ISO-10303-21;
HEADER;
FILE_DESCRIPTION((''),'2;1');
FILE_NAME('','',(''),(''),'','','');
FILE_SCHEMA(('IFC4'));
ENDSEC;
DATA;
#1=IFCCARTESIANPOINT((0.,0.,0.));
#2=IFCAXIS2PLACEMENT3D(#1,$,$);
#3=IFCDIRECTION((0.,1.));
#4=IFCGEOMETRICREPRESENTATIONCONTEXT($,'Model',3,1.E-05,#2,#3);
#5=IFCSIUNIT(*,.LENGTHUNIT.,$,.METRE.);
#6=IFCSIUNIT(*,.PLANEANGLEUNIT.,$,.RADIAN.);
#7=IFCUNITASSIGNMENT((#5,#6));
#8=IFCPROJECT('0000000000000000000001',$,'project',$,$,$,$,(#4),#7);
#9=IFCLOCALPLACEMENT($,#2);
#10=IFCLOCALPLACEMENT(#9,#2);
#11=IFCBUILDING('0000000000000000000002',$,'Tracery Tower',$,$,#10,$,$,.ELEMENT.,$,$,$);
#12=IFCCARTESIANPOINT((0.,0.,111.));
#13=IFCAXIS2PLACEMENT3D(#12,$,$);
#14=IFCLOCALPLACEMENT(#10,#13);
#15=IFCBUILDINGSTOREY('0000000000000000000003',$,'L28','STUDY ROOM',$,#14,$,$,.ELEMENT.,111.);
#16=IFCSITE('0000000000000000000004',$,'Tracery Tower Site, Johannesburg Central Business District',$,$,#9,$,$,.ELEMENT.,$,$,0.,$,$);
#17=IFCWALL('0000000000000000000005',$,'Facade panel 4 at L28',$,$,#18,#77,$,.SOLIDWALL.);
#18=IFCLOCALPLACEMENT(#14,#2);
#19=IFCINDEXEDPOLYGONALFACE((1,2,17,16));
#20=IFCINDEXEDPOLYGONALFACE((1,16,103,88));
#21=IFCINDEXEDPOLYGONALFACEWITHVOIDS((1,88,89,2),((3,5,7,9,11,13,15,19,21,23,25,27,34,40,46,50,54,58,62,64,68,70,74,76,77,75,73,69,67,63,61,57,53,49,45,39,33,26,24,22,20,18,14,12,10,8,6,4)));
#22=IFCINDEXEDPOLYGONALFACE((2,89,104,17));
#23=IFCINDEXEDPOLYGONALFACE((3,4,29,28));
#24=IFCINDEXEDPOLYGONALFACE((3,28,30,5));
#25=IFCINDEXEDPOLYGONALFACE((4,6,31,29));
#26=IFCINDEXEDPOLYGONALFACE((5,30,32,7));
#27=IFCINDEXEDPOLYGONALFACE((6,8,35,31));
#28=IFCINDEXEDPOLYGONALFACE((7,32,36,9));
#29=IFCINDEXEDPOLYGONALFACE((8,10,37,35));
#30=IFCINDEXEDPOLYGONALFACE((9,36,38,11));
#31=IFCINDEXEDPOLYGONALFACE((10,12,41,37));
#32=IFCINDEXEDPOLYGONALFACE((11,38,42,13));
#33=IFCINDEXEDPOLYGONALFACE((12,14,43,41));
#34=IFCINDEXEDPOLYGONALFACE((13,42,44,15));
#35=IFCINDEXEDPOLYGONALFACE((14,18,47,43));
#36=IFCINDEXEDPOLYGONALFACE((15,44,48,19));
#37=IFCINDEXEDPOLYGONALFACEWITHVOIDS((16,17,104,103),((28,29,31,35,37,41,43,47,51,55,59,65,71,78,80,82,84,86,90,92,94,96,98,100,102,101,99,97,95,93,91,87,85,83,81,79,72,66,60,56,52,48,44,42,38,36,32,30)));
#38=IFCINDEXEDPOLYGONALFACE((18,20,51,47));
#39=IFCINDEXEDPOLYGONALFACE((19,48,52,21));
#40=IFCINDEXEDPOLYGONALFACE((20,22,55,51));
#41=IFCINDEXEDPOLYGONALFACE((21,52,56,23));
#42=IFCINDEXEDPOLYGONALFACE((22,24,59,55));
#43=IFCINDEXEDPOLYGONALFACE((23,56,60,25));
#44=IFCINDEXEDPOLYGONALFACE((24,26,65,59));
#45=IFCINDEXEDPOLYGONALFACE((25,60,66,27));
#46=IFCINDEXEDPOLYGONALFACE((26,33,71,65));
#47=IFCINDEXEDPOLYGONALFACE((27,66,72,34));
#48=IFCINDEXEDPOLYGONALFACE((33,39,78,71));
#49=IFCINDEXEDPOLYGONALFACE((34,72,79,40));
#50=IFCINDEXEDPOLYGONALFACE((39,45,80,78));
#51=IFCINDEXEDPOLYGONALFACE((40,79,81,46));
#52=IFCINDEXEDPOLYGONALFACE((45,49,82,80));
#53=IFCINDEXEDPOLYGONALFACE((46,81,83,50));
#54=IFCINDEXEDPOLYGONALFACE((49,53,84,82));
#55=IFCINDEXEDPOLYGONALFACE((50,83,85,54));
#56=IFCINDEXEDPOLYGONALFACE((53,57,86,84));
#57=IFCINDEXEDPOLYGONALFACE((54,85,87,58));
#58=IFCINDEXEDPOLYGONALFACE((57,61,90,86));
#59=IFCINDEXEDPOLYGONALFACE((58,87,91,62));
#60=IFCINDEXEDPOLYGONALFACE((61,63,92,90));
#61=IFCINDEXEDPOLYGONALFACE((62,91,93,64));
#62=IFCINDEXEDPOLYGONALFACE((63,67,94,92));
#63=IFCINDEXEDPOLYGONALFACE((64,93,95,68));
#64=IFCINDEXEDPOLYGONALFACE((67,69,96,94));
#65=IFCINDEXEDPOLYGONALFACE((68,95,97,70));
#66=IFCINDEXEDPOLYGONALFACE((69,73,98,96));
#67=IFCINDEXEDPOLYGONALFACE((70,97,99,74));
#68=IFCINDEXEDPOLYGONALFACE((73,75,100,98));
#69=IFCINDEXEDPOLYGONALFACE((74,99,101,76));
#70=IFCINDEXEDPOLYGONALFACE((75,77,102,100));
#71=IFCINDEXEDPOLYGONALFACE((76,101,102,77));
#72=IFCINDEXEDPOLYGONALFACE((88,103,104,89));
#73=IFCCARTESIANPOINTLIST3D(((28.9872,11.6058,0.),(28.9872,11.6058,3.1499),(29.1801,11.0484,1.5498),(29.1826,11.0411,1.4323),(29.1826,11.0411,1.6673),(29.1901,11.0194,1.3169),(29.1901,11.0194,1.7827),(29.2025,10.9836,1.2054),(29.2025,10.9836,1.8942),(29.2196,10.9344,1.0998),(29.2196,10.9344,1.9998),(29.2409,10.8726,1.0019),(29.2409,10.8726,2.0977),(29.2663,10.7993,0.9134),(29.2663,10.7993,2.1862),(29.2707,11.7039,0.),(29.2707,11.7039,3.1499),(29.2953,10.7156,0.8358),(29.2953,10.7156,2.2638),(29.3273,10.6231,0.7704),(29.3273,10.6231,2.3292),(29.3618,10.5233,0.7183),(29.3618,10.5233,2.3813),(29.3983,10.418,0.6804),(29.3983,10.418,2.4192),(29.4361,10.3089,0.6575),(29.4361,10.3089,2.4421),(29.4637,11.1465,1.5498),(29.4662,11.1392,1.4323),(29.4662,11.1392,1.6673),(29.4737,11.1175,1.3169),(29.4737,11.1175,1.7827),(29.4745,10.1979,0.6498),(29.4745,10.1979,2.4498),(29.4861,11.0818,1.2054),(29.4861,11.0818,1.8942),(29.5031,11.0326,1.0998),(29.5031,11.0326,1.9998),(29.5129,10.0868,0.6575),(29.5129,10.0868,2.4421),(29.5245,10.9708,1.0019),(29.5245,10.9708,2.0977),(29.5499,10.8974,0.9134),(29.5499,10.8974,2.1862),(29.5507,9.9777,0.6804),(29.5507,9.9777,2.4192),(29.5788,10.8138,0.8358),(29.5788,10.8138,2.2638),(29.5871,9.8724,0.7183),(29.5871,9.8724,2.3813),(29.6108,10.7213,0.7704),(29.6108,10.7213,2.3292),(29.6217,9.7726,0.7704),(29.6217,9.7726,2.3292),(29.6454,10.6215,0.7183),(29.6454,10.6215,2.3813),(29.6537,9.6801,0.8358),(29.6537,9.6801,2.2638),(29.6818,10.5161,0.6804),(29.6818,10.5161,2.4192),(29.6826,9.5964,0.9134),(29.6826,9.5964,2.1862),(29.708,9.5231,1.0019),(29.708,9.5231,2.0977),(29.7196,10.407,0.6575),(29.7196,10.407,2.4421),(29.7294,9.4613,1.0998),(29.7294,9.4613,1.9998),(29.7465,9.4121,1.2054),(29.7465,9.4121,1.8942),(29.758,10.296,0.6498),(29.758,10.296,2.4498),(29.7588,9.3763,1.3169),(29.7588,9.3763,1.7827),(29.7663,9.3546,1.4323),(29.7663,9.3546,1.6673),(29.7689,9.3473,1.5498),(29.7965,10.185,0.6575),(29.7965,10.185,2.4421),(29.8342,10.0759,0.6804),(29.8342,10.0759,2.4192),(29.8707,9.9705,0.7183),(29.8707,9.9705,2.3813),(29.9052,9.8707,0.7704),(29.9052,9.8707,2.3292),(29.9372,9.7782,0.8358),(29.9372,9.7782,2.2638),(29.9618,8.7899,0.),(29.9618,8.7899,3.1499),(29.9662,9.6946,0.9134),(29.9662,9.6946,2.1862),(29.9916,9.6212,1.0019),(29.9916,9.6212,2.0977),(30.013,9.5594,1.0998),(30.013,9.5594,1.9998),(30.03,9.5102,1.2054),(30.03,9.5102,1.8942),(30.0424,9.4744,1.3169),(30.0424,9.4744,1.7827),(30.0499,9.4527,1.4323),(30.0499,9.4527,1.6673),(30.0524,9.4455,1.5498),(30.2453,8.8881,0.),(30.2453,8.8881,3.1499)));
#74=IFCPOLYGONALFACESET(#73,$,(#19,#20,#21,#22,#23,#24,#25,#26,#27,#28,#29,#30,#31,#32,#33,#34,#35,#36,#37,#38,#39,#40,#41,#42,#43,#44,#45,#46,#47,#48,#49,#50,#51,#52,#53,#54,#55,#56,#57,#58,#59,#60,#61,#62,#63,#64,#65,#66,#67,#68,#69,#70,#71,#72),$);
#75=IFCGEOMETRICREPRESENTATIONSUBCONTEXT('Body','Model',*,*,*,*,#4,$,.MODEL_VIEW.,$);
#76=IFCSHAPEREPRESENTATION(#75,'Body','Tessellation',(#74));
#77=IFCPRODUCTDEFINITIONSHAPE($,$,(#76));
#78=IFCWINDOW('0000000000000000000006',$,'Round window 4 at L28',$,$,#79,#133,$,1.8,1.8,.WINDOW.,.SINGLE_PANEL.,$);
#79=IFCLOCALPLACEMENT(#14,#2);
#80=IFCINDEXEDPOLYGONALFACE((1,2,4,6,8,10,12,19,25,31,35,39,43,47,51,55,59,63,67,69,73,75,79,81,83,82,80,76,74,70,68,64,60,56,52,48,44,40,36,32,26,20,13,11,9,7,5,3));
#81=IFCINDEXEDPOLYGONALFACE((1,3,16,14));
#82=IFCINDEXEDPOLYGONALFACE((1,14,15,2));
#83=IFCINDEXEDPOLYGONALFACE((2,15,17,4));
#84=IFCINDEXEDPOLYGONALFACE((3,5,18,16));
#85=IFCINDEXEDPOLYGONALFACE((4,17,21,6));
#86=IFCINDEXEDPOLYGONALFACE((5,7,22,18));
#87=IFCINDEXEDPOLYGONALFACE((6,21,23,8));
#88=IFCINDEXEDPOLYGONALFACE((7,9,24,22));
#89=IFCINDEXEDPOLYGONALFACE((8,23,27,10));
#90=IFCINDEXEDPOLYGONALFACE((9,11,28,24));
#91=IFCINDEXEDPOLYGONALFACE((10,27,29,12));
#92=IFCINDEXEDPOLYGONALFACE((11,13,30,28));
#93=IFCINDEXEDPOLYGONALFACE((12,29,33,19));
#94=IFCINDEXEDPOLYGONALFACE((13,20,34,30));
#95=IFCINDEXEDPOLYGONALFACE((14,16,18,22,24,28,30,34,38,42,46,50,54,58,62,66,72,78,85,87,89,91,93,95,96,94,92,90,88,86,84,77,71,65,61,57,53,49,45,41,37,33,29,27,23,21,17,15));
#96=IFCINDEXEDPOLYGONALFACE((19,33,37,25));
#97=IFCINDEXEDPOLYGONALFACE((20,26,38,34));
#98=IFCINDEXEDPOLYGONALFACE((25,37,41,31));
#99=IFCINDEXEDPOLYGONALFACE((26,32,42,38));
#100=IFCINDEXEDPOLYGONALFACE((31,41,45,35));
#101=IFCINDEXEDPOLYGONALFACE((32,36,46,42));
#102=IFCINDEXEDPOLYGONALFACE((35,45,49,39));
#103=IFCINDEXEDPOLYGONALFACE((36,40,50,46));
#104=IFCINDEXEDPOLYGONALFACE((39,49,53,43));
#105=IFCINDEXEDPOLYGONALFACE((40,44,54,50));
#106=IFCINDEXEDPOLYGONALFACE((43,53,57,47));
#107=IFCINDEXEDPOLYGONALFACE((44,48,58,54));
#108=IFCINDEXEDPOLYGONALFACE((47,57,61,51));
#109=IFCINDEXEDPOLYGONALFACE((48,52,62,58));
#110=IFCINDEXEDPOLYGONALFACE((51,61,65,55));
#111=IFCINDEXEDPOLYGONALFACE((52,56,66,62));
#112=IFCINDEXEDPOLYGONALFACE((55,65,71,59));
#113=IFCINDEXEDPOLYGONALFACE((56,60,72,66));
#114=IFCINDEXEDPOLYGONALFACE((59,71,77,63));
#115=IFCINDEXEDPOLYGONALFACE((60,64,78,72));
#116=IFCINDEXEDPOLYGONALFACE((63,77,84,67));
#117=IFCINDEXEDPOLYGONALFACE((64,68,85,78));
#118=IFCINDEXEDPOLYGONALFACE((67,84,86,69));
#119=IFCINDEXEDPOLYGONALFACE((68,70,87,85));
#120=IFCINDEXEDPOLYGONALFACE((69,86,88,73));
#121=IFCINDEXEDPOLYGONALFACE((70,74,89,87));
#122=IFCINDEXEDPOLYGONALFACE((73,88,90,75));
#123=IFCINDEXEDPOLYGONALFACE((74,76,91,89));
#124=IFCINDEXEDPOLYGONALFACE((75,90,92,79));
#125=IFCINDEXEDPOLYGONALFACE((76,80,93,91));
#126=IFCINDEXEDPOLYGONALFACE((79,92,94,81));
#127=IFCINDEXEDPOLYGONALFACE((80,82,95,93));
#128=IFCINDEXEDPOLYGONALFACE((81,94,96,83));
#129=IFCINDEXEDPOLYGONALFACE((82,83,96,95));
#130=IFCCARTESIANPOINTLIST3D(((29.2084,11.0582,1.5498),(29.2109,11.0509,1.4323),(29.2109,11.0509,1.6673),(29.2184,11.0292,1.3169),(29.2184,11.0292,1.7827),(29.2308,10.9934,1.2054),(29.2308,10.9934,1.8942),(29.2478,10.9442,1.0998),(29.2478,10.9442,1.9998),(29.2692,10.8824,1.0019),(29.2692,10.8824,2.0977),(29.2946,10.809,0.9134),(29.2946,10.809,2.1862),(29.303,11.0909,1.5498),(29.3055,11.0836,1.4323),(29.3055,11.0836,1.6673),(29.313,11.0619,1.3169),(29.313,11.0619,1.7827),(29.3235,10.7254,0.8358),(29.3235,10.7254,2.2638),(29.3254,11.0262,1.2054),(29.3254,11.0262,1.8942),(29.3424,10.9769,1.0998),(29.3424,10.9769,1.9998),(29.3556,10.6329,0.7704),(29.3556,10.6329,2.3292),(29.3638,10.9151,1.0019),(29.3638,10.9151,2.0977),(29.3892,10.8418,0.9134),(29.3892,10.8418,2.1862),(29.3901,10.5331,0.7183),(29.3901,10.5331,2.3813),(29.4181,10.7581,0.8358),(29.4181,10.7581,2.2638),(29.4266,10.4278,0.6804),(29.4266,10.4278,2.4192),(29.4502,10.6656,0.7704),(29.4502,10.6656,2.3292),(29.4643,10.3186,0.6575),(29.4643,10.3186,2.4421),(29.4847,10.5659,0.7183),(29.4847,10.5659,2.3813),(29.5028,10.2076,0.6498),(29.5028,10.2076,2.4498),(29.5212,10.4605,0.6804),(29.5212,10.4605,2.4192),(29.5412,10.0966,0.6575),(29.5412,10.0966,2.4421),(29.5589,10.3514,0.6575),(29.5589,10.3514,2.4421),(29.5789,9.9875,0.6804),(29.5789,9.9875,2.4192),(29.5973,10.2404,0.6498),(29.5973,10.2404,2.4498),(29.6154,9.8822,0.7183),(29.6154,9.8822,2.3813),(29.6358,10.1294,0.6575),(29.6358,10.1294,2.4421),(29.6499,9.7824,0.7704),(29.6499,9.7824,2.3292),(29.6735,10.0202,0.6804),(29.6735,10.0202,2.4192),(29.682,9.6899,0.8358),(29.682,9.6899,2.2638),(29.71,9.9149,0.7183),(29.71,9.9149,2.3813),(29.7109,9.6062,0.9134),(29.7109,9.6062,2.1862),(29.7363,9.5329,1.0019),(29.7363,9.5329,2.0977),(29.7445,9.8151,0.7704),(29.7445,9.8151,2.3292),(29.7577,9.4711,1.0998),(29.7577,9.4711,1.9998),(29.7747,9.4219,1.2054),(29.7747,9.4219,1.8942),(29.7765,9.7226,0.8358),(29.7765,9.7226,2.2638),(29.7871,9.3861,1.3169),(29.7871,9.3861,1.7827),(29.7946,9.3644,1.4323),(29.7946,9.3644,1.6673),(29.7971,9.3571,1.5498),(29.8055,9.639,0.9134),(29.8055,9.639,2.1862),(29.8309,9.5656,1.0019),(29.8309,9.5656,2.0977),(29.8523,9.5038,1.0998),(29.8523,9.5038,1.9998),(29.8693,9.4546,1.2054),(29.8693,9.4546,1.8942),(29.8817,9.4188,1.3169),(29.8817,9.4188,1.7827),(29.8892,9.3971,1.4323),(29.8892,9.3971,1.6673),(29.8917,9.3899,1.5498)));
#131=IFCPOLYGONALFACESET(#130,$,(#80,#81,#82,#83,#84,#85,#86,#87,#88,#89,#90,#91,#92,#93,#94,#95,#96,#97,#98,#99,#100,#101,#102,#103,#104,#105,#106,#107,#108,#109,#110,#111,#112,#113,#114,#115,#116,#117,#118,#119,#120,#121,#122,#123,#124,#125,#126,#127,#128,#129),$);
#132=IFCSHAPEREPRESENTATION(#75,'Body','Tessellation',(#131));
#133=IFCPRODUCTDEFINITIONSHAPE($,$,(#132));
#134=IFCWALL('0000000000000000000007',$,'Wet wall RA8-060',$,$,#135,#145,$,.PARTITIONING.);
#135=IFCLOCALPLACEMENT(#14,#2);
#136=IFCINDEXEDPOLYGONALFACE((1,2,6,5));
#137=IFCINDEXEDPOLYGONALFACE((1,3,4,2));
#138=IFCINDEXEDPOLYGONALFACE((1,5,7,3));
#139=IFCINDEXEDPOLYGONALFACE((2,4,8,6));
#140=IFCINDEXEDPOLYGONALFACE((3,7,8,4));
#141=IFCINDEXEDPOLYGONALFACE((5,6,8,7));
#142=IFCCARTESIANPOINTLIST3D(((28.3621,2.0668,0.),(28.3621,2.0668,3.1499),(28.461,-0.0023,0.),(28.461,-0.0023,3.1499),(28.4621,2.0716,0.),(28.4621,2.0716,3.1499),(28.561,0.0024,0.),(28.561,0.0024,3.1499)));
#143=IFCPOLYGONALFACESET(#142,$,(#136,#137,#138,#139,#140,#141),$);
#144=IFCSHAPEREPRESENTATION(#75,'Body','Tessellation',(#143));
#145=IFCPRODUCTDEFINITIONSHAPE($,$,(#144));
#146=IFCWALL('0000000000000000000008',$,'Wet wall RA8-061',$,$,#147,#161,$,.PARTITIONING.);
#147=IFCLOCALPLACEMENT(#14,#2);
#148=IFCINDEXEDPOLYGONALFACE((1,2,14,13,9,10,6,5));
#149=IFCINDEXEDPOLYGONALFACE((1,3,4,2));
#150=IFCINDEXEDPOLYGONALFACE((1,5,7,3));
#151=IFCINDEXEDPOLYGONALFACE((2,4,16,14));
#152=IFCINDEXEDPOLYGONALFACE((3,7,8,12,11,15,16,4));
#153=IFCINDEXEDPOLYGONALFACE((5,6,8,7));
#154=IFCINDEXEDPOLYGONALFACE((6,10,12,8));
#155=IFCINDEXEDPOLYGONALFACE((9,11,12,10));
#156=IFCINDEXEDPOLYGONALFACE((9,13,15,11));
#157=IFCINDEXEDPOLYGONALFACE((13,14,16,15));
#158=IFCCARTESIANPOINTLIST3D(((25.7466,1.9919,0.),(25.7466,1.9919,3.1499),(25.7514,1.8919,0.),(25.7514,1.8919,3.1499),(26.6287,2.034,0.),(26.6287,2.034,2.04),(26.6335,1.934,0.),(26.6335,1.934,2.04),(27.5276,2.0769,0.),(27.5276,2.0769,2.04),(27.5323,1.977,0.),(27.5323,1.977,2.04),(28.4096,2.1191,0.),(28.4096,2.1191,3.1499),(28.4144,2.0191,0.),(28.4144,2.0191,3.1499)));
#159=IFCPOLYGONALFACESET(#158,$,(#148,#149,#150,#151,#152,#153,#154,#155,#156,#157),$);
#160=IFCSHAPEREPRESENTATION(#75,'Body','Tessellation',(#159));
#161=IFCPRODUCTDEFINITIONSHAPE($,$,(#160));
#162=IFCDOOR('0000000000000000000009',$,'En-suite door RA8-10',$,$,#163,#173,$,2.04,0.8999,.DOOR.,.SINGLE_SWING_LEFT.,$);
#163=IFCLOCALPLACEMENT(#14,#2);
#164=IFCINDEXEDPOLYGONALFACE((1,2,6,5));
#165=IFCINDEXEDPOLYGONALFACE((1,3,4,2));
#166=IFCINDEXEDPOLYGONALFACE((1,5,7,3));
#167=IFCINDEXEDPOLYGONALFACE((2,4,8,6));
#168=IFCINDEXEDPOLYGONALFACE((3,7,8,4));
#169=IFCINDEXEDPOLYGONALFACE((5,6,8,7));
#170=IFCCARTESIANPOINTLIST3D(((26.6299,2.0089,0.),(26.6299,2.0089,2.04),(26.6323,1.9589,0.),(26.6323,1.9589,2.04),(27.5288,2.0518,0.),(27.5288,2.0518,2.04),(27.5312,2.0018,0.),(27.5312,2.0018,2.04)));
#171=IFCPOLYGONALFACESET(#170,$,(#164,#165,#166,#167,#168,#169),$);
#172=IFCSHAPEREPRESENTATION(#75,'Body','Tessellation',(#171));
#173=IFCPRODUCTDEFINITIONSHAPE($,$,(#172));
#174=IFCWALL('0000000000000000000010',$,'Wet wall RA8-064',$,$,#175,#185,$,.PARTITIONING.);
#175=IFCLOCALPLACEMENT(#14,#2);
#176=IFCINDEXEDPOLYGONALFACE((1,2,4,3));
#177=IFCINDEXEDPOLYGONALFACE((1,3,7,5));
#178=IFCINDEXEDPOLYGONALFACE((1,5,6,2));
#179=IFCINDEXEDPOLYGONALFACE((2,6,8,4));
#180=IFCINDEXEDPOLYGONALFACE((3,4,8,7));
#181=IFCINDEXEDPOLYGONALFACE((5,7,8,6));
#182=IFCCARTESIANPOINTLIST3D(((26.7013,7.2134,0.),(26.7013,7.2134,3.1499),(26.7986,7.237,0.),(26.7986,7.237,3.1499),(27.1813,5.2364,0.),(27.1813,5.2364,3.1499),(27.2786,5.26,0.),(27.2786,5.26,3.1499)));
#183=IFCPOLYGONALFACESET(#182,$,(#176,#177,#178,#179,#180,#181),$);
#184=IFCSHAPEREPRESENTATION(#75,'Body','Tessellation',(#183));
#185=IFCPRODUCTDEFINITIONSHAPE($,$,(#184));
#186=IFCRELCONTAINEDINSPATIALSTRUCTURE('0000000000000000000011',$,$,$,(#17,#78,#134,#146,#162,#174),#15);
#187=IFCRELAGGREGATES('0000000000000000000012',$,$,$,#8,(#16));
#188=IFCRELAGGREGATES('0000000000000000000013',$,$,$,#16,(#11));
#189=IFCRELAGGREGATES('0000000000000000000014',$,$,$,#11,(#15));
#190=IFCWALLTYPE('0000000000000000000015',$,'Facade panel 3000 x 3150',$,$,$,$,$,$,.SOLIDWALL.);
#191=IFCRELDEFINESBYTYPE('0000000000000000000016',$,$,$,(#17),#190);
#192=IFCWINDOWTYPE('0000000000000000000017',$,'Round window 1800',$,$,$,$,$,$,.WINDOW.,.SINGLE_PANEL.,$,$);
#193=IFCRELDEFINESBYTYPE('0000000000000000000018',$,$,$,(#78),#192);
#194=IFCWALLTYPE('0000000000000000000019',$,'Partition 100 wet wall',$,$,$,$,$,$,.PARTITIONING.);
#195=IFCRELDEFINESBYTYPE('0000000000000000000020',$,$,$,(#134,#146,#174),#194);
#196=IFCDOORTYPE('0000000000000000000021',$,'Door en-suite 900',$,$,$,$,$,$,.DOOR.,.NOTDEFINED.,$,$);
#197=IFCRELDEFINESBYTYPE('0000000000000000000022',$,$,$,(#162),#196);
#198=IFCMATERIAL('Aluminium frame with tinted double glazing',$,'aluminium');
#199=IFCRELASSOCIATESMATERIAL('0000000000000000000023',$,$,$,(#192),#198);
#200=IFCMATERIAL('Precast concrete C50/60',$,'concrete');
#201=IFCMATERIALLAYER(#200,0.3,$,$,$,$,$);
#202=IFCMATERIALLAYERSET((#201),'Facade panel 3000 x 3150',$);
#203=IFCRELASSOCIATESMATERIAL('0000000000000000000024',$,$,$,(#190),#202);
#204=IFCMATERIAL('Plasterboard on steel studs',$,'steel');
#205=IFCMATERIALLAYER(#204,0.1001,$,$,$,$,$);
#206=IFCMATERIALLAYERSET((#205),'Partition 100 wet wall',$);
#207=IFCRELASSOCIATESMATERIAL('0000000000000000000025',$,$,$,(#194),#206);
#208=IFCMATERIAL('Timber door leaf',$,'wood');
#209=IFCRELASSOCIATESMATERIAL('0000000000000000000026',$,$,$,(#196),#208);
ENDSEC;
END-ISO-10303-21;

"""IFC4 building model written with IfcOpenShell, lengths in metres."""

from ifc_helpers import new_model, si_unit, direction, frame, frame_2d, origin, origin_2d, place, context, subcontext, project, spatial, rectangle, circle, extrude, material, layer, layer_set, type_object, element, fill, save


model = new_model("IFC4")

# Units and contexts
model_context = context("Model", 3, precision=1e-05, world=origin(), true_north=direction((0.0, 1.0)))
body_context = subcontext(model_context, "Body", "Model", "MODEL_VIEW")
ifc_project = project(units=[si_unit("LENGTHUNIT", "METRE"), si_unit("PLANEANGLEUNIT", "RADIAN")], contexts=[model_context])

# Site, building, storey
site_placement = place(None, origin())
site = spatial("IfcSite", under=ifc_project, at=site_placement, Name="Tracery Tower Site, Johannesburg Central Business District", CompositionType="ELEMENT", RefElevation=0.0)
building_placement = place(site_placement, origin())
building = spatial("IfcBuilding", under=site, at=building_placement, Name="Tracery Tower", CompositionType="ELEMENT")
storey_placement = place(building_placement, frame((0.0, 0.0, 111.0)))
storey = spatial("IfcBuildingStorey", under=building, at=storey_placement, Name="L28", Description="STUDY ROOM", CompositionType="ELEMENT", Elevation=111.0)

# Wall, opening, window
ifc_material_1 = material(Name="Aluminium frame with tinted double glazing", Category="aluminium")
window_type = type_object("IfcWindowType", Name="Round window 1800", PartitioningType="SINGLE_PANEL", PredefinedType="WINDOW", material=ifc_material_1)
ifc_material_2 = material(Name="Precast concrete C50/60", Category="concrete")
ifc_layer_1 = layer(ifc_material_2, 0.3)
ifc_layer_set_1 = layer_set([ifc_layer_1], Name="Facade panel 3000 x 3150")
wall_type_1 = type_object("IfcWallType", Name="Facade panel 3000 x 3150", PredefinedType="SOLIDWALL", material=ifc_layer_set_1)
wall_1_placement = place(storey_placement, frame((30.1035, 8.8391, 0.0), z_axis=(0.0, 0.0, 1.0), x_axis=(-0.327071, 0.945, 0.0)))
wall_1 = element("IfcWall", 1, at=wall_1_placement, inside=storey, type_object=wall_type_1, Name="Facade panel 4 at L28", PredefinedType="SOLIDWALL", context=body_context, shape_type="SweptSolid", body=[
    extrude(rectangle(XDim=2.9797, YDim=0.3, at=frame_2d((1.4897, 0.0))), origin(), (0.0, 0.0, 1.0), 3.1499),
])
opening_1_placement = place(wall_1_placement, frame((1.4897, 0.0, 1.5498)))
opening_1 = element("IfcOpeningElement", 2, at=opening_1_placement, cuts=wall_1, PredefinedType="OPENING", context=body_context, shape_type="SweptSolid", body=[
    extrude(circle(Radius=0.9, at=origin_2d()), frame((0.0, 0.1599, 0.0), z_axis=(0.0, -1.0, 0.0), x_axis=(1.0, 0.0, 0.0)), (0.0, 0.0, 1.0), 0.3201),
])
window_1_placement = place(opening_1_placement, origin())
window_1 = element("IfcWindow", 3, at=window_1_placement, inside=storey, type_object=window_type, Name="Round window 4 at L28", OverallHeight=1.8, OverallWidth=1.8, PartitioningType="SINGLE_PANEL", PredefinedType="WINDOW", context=body_context, shape_type="SweptSolid", body=[
    extrude(circle(Radius=0.9, at=origin_2d()), frame((0.0, 0.1201, 0.0), z_axis=(0.0, -1.0, 0.0), x_axis=(1.0, 0.0, 0.0)), (0.0, 0.0, 1.0), 0.1001),
])
fill(opening_1, window_1)

# Wall
ifc_material_3 = material(Name="Plasterboard on steel studs", Category="steel")
ifc_layer_2 = layer(ifc_material_3, 0.1001)
ifc_layer_set_2 = layer_set([ifc_layer_2], Name="Partition 100 wet wall")
wall_type_2 = type_object("IfcWallType", Name="Partition 100 wet wall", PredefinedType="PARTITIONING", material=ifc_layer_set_2)
wall_2_placement = place(storey_placement, frame((28.4121, 2.0691, 0.0), z_axis=(0.0, 0.0, 1.0), x_axis=(0.047733, -0.99886, 0.0)))
element("IfcWall", 4, at=wall_2_placement, inside=storey, type_object=wall_type_2, Name="Wet wall RA8-060", PredefinedType="PARTITIONING", context=body_context, shape_type="SweptSolid", body=[
    extrude(rectangle(XDim=2.0715, YDim=0.1001, at=frame_2d((1.0356, 0.0))), origin(), (0.0, 0.0, 1.0), 3.1499),
])

# Wall, opening, door
wall_3_placement = place(storey_placement, frame((25.749, 1.9419, 0.0), z_axis=(0.0, 0.0, 1.0), x_axis=(0.998861, 0.047709, 0.0)))
wall_3 = element("IfcWall", 5, at=wall_3_placement, inside=storey, type_object=wall_type_2, Name="Wet wall RA8-061", PredefinedType="PARTITIONING", context=body_context, shape_type="SweptSolid", body=[
    extrude(rectangle(XDim=2.666, YDim=0.1001, at=frame_2d((1.333, 0.0))), origin(), (0.0, 0.0, 1.0), 3.1499),
])
opening_2_placement = place(wall_3_placement, frame((0.8831, 0.0, 0.0)))
opening_2 = element("IfcOpeningElement", 6, at=opening_2_placement, cuts=wall_3, PredefinedType="OPENING", context=body_context, shape_type="SweptSolid", body=[
    extrude(rectangle(XDim=0.8999, YDim=2.04, at=frame_2d((0.45, 1.02))), frame((0.0, 0.05, 0.0), z_axis=(0.0, -1.0, 0.0), x_axis=(1.0, 0.0, 0.0)), (0.0, 0.0, 1.0), 0.1001),
])
ifc_material_4 = material(Name="Timber door leaf", Category="wood")
door_type = type_object("IfcDoorType", Name="Door en-suite 900", OperationType="NOTDEFINED", PredefinedType="DOOR", material=ifc_material_4)
door_1_placement = place(opening_2_placement, origin())
door_1 = element("IfcDoor", 7, at=door_1_placement, inside=storey, type_object=door_type, Name="En-suite door RA8-10", OperationType="SINGLE_SWING_LEFT", OverallHeight=2.04, OverallWidth=0.8999, PredefinedType="DOOR", context=body_context, shape_type="SweptSolid", body=[
    extrude(rectangle(XDim=0.8999, YDim=2.04, at=frame_2d((0.45, 1.02))), frame((0.0, 0.0249, 0.0), z_axis=(0.0, -1.0, 0.0), x_axis=(1.0, 0.0, 0.0)), (0.0, 0.0, 1.0), 0.05),
])
fill(opening_2, door_1)

# Wall
wall_4_placement = place(storey_placement, frame((26.75, 7.2251, 0.0), z_axis=(0.0, 0.0, 1.0), x_axis=(0.235923, -0.971772, 0.0)))
element("IfcWall", 8, at=wall_4_placement, inside=storey, type_object=wall_type_2, Name="Wet wall RA8-064", PredefinedType="PARTITIONING", context=body_context, shape_type="SweptSolid", body=[
    extrude(rectangle(XDim=2.0344, YDim=0.1001, at=frame_2d((1.0171, 0.0))), origin(), (0.0, 0.0, 1.0), 3.1499),
])

save(model, "model.ifc")
